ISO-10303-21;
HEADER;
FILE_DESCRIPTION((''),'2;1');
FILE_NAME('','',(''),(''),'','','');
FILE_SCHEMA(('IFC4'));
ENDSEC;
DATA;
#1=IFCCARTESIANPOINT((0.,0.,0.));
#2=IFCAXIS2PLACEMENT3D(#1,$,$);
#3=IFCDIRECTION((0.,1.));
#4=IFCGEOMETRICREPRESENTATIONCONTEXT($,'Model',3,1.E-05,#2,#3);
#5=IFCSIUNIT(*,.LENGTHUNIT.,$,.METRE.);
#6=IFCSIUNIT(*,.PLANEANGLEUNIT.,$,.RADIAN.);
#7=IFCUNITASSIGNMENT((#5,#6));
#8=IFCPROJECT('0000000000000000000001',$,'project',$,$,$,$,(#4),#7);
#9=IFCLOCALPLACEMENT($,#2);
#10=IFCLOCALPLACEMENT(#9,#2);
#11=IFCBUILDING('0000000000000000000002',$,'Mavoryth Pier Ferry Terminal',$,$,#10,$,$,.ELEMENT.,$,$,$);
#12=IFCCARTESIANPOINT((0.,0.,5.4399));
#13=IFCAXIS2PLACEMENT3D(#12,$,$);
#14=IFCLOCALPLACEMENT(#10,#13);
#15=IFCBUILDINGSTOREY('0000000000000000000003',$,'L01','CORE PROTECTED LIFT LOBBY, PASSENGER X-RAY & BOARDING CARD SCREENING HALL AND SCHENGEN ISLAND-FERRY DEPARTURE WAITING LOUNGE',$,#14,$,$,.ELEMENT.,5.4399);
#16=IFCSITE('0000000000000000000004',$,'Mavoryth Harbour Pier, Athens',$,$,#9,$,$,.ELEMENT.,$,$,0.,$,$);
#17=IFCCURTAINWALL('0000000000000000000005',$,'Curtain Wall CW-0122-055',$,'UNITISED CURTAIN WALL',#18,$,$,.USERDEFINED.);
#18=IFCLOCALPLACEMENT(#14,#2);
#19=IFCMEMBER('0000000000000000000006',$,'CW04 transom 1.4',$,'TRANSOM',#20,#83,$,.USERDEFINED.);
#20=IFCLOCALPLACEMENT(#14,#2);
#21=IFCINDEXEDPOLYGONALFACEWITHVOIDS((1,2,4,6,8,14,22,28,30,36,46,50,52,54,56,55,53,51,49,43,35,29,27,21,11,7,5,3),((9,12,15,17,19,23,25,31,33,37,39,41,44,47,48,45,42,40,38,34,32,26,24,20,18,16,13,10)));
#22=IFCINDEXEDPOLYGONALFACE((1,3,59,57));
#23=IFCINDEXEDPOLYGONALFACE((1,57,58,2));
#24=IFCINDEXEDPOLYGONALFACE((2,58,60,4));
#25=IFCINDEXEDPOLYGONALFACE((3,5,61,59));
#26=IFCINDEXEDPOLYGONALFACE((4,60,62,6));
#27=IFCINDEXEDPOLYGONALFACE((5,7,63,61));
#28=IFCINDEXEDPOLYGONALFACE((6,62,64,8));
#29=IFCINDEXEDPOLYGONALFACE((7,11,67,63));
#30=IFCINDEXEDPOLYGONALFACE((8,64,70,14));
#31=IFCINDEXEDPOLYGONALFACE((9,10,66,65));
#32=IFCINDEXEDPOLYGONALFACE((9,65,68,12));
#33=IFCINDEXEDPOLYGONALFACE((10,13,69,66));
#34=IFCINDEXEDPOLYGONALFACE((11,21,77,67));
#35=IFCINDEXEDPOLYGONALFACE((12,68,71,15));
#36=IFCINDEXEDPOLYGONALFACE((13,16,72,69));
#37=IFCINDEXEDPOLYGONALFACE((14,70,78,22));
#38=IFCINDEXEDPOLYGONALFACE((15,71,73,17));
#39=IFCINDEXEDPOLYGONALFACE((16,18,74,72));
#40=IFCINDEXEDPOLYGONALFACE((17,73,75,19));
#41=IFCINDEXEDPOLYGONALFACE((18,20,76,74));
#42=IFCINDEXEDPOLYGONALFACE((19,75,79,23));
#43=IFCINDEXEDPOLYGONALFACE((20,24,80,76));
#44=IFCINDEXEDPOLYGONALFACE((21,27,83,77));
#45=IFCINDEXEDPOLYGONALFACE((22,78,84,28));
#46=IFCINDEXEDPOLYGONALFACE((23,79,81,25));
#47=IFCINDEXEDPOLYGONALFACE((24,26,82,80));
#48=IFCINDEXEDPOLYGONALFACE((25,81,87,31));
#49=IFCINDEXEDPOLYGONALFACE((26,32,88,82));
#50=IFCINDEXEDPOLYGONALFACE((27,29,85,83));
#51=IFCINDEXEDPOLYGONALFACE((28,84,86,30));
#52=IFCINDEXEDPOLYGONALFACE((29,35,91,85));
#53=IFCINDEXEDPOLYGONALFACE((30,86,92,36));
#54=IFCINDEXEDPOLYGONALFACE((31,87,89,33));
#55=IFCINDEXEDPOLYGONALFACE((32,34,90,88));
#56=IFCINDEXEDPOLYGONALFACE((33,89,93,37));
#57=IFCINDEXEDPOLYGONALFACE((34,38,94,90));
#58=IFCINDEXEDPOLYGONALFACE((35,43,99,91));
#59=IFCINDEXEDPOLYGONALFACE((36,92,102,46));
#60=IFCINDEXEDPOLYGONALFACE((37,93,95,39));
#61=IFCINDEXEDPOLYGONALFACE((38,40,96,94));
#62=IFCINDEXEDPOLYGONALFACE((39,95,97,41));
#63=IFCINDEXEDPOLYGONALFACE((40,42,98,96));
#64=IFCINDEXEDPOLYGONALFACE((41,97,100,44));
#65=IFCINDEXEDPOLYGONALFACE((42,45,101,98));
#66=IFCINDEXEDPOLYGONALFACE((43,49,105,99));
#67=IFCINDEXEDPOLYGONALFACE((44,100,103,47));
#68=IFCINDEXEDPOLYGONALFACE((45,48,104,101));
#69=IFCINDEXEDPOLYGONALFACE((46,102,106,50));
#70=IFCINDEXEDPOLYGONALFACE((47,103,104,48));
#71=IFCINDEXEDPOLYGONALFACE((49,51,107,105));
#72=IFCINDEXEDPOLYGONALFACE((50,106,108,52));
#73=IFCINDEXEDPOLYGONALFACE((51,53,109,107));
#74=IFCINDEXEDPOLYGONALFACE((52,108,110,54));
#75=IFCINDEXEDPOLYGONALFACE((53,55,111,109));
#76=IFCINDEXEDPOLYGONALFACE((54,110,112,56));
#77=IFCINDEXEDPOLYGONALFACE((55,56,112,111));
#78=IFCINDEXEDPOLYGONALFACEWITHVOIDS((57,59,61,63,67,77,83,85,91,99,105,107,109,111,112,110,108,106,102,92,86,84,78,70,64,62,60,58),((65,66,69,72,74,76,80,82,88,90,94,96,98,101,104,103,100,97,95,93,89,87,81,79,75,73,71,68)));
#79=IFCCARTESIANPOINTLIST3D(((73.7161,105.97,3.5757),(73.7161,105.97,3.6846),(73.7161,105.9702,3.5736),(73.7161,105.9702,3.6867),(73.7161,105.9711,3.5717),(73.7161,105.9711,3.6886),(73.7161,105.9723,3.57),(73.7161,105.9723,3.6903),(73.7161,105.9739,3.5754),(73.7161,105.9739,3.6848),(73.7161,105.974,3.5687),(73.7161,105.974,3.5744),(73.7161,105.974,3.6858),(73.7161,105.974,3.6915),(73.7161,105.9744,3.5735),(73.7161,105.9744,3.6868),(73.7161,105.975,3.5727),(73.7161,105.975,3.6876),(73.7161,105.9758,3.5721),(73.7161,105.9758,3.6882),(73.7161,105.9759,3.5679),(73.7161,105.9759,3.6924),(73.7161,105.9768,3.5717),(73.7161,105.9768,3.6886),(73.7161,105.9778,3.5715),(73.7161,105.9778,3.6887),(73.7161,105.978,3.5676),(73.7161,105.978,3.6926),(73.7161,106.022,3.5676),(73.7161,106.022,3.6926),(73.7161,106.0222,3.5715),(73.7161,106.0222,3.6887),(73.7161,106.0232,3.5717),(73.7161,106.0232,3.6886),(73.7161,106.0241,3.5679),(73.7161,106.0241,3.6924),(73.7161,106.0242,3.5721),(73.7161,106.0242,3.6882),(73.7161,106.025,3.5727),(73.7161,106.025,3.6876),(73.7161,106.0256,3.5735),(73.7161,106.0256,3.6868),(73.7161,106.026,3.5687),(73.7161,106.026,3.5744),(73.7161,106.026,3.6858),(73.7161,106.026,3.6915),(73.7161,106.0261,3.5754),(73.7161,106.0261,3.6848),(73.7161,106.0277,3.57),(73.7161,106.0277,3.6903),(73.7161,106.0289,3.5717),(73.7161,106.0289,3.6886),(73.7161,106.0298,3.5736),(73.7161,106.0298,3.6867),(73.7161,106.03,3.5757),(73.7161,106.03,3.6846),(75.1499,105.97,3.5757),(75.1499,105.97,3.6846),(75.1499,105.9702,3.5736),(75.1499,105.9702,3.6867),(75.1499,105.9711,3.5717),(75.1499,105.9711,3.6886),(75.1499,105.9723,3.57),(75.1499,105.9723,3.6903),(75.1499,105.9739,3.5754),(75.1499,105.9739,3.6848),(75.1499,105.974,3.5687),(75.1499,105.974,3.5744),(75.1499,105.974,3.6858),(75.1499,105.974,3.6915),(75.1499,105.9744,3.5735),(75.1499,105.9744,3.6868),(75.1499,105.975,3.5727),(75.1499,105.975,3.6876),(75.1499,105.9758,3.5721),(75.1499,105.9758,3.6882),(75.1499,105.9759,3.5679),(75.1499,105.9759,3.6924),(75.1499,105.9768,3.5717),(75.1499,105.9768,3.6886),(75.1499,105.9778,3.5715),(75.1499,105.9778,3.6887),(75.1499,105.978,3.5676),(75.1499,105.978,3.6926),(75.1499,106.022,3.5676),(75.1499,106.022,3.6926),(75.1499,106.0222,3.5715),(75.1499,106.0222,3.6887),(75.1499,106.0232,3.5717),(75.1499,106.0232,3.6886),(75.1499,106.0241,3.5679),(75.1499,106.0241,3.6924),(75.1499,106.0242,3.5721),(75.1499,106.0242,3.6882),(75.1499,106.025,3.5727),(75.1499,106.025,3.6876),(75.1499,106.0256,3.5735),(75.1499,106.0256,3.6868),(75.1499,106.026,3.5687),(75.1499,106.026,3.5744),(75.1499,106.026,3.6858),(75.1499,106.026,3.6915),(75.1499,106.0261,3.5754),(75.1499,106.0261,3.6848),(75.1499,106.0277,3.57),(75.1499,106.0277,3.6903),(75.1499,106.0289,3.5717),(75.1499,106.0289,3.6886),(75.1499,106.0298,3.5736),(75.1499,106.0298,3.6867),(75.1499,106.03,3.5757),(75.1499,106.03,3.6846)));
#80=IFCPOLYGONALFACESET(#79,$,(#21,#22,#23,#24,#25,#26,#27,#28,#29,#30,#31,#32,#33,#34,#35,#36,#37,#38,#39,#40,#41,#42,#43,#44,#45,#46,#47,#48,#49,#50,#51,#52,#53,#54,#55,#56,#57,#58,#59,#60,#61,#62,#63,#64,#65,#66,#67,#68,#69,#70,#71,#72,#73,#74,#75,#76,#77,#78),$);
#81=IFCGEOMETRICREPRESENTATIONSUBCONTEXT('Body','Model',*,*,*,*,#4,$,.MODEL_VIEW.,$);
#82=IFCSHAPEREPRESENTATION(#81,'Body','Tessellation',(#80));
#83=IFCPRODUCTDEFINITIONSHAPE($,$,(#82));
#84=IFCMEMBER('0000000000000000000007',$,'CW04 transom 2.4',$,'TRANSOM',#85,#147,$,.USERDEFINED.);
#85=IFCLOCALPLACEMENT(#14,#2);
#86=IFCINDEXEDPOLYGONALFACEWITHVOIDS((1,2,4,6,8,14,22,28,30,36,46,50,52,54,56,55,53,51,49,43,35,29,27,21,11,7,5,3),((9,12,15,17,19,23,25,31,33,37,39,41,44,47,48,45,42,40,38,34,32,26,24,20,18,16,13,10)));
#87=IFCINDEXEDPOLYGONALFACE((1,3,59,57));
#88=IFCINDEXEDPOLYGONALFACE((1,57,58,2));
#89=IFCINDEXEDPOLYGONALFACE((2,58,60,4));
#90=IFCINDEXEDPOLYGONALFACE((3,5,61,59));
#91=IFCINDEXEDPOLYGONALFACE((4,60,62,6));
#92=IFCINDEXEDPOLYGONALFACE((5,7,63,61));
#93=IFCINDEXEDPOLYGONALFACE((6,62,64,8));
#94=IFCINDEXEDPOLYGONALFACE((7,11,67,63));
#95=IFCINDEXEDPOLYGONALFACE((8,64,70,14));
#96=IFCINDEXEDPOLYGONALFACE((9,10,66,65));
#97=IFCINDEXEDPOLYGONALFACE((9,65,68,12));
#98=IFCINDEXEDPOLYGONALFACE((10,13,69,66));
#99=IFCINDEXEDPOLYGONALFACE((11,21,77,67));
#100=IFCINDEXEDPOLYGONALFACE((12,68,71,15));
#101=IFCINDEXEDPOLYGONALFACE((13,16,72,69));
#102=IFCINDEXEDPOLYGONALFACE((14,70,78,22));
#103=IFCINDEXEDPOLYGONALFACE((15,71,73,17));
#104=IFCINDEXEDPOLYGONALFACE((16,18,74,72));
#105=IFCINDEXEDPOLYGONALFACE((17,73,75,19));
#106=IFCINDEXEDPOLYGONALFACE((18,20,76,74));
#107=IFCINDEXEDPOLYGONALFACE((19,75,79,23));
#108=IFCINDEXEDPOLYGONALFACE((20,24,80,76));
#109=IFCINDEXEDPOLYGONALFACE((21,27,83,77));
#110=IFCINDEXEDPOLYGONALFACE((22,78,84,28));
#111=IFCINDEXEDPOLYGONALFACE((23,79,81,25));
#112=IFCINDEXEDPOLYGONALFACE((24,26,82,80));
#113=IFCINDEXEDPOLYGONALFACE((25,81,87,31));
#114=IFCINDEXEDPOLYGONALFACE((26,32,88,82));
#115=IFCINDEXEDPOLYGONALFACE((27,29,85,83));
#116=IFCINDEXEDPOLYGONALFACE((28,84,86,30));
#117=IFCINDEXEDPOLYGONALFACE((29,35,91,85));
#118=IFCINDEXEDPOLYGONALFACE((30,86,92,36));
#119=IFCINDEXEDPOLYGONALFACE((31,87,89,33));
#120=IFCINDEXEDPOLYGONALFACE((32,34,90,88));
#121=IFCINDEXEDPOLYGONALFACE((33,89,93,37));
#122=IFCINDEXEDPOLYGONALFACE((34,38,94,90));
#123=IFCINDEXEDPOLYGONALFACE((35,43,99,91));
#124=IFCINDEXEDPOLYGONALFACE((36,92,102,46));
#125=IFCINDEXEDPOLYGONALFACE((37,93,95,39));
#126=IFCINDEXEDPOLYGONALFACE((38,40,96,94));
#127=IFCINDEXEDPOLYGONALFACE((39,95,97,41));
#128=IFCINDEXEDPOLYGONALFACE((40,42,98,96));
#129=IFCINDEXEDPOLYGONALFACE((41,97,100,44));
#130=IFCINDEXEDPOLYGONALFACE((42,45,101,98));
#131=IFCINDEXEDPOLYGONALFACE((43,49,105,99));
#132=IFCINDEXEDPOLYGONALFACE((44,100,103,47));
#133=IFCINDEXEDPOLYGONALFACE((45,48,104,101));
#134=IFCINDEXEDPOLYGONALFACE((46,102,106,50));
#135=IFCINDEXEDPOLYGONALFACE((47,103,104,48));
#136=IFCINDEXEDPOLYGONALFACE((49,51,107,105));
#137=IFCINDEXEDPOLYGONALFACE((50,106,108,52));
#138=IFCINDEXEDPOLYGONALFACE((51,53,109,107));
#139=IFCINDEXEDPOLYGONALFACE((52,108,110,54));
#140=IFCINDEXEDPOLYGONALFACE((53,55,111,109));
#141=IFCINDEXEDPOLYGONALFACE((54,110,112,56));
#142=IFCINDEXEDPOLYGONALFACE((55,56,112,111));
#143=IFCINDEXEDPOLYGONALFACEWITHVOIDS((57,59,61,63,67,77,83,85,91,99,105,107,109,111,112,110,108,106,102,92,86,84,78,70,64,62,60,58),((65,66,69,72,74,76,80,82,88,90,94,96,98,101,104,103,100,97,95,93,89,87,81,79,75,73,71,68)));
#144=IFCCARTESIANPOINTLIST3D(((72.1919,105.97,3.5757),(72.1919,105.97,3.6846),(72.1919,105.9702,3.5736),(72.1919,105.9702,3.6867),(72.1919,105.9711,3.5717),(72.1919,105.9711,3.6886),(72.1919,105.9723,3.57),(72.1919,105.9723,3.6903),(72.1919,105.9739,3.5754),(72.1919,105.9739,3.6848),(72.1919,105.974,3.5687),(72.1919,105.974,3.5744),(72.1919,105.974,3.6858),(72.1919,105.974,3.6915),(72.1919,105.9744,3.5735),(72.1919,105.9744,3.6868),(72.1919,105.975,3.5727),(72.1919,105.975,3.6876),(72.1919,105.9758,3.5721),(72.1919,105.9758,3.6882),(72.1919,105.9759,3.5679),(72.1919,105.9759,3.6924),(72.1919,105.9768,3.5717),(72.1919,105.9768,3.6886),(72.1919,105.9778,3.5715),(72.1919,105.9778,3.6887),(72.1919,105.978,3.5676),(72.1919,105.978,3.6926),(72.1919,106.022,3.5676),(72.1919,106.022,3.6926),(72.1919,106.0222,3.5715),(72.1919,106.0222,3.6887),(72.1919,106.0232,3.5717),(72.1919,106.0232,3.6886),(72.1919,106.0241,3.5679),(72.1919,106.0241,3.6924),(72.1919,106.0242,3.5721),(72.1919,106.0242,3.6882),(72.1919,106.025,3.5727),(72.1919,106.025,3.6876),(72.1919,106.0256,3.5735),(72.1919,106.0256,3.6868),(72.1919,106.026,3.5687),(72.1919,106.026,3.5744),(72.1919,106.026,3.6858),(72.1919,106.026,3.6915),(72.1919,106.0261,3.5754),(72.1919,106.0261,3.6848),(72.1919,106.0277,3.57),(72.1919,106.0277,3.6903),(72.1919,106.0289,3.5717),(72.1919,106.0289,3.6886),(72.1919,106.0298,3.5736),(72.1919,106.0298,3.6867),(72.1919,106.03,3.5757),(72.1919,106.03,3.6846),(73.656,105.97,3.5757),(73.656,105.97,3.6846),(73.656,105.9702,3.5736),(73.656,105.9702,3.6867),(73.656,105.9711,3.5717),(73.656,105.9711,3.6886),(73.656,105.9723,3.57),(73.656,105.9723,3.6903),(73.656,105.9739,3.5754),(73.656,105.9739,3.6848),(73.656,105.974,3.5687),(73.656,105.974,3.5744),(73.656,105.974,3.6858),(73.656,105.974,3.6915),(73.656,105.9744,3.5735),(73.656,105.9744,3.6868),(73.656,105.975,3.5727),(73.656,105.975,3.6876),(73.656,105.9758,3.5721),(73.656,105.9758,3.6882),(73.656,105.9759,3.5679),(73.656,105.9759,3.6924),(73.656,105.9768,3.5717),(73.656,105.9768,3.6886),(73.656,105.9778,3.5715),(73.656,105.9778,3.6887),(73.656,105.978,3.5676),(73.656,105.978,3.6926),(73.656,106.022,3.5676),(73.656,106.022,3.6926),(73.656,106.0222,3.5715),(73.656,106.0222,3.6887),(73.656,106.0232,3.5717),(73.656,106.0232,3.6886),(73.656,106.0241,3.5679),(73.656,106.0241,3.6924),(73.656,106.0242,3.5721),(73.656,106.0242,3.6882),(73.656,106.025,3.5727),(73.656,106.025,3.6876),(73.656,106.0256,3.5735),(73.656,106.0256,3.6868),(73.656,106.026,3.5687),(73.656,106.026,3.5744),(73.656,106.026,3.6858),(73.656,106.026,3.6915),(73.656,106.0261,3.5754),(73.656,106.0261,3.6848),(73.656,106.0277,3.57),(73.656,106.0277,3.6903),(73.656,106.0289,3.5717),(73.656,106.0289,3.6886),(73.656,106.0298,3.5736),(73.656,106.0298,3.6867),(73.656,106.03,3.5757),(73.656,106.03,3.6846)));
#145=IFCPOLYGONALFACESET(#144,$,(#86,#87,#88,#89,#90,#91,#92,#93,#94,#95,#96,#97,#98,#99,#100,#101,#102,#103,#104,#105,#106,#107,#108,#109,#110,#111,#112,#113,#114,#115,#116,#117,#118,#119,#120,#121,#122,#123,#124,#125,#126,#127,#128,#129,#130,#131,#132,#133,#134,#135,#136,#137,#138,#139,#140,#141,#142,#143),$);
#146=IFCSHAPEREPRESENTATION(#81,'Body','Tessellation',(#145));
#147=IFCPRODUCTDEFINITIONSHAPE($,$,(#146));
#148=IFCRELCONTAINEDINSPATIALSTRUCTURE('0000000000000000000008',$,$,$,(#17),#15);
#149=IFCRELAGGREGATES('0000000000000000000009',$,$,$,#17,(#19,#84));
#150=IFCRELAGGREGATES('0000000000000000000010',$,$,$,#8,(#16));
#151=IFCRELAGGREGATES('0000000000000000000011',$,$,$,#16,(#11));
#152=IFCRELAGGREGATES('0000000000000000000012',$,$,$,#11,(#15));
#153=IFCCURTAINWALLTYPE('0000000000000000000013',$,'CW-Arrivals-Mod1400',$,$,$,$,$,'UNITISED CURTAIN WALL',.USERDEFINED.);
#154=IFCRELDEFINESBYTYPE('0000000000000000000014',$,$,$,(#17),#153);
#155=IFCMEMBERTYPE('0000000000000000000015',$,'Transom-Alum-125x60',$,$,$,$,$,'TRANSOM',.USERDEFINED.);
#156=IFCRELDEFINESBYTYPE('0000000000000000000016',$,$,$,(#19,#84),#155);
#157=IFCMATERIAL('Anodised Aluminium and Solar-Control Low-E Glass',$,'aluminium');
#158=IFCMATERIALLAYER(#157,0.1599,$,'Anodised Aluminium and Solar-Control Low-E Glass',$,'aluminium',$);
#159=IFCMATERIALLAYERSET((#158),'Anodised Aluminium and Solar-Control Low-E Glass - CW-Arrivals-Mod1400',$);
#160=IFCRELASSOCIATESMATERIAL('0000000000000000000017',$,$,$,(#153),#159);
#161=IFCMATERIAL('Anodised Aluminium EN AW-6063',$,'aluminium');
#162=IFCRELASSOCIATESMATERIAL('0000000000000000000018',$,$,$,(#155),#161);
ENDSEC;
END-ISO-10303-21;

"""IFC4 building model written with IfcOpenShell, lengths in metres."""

from ifc_helpers import new_model, si_unit, direction, frame, origin, origin_2d, place, context, subcontext, project, spatial, hollow_rectangle, extrude, material, layer, layer_set, material_profile, profile_set, type_object, element, aggregate, save


model = new_model("IFC4")

# Units and contexts
model_context = context("Model", 3, precision=1e-05, world=origin(), true_north=direction((0.0, 1.0)))
body_context = subcontext(model_context, "Body", "Model", "MODEL_VIEW")
ifc_project = project(units=[si_unit("LENGTHUNIT", "METRE"), si_unit("PLANEANGLEUNIT", "RADIAN")], contexts=[model_context])

# Site, building, storey
site_placement = place(None, origin())
site = spatial("IfcSite", under=ifc_project, at=site_placement, Name="Mavoryth Harbour Pier, Athens", CompositionType="ELEMENT", RefElevation=0.0)
building_placement = place(site_placement, origin())
building = spatial("IfcBuilding", under=site, at=building_placement, Name="Mavoryth Pier Ferry Terminal", CompositionType="ELEMENT")
storey_placement = place(building_placement, frame((0.0, 0.0, 5.4399)))
storey = spatial("IfcBuildingStorey", under=building, at=storey_placement, Name="L01", Description="CORE PROTECTED LIFT LOBBY, PASSENGER X-RAY & BOARDING CARD SCREENING HALL AND SCHENGEN ISLAND-FERRY DEPARTURE WAITING LOUNGE", CompositionType="ELEMENT", Elevation=5.4399)

# Curtain wall
ifc_material_1 = material(Name="Anodised Aluminium and Solar-Control Low-E Glass", Category="aluminium")
ifc_layer_1 = layer(ifc_material_1, 0.1599, Name="Anodised Aluminium and Solar-Control Low-E Glass", Category="aluminium")
ifc_layer_set_1 = layer_set([ifc_layer_1], Name="Anodised Aluminium and Solar-Control Low-E Glass - CW-Arrivals-Mod1400")
curtain_wall_type = type_object("IfcCurtainWallType", Name="CW-Arrivals-Mod1400", ElementType="UNITISED CURTAIN WALL", PredefinedType="USERDEFINED", material=ifc_layer_set_1)
curtain_wall_1_placement = place(storey_placement, origin())
curtain_wall_1 = element("IfcCurtainWall", 1, at=curtain_wall_1_placement, inside=storey, type_object=curtain_wall_type, Name="Curtain Wall CW-0122-055", ObjectType="UNITISED CURTAIN WALL", PredefinedType="USERDEFINED")
ifc_material_2 = material(Name="Anodised Aluminium EN AW-6063", Category="aluminium")

# Members
ifc_material_profile_1 = material_profile(ifc_material_2, hollow_rectangle(XDim=0.0601, YDim=0.125, WallThickness=0.0039, InnerFilletRadius=0.0039, OuterFilletRadius=0.0081, at=origin_2d()), Name="AL-TRAN 125x60x4", Category="aluminium")
ifc_profile_set_1 = profile_set([ifc_material_profile_1], Name="Anodised Aluminium EN AW-6063 - AL-TRAN 125x60x4")
member_type_1 = type_object("IfcMemberType", Name="Transom-Alum-125x60", ElementType="TRANSOM", PredefinedType="USERDEFINED", material=ifc_profile_set_1)
member_1_placement = place(storey_placement, frame((75.1499, 106.0, 3.6301), z_axis=(-1.0, 0.0, 0.0), x_axis=(0.0, -1.0, 0.0)))
member_1 = element("IfcMember", 2, at=member_1_placement, type_object=member_type_1, Name="CW04 transom 1.4", ObjectType="TRANSOM", PredefinedType="USERDEFINED", context=body_context, shape_type="SweptSolid", body=[
    extrude(hollow_rectangle(XDim=0.0601, YDim=0.125, WallThickness=0.0039, InnerFilletRadius=0.0039, OuterFilletRadius=0.0081, at=origin_2d()), origin(), (0.0, 0.0, 1.0), 1.4338),
])
member_2_placement = place(storey_placement, frame((73.656, 106.0, 3.6301), z_axis=(-1.0, 0.0, 0.0), x_axis=(0.0, -1.0, 0.0)))
member_2 = element("IfcMember", 3, at=member_2_placement, type_object=member_type_1, Name="CW04 transom 2.4", ObjectType="TRANSOM", PredefinedType="USERDEFINED", context=body_context, shape_type="SweptSolid", body=[
    extrude(hollow_rectangle(XDim=0.0601, YDim=0.125, WallThickness=0.0039, InnerFilletRadius=0.0039, OuterFilletRadius=0.0081, at=origin_2d()), origin(), (0.0, 0.0, 1.0), 1.4641),
])

aggregate(curtain_wall_1, [member_1, member_2])

save(model, "model.ifc")
